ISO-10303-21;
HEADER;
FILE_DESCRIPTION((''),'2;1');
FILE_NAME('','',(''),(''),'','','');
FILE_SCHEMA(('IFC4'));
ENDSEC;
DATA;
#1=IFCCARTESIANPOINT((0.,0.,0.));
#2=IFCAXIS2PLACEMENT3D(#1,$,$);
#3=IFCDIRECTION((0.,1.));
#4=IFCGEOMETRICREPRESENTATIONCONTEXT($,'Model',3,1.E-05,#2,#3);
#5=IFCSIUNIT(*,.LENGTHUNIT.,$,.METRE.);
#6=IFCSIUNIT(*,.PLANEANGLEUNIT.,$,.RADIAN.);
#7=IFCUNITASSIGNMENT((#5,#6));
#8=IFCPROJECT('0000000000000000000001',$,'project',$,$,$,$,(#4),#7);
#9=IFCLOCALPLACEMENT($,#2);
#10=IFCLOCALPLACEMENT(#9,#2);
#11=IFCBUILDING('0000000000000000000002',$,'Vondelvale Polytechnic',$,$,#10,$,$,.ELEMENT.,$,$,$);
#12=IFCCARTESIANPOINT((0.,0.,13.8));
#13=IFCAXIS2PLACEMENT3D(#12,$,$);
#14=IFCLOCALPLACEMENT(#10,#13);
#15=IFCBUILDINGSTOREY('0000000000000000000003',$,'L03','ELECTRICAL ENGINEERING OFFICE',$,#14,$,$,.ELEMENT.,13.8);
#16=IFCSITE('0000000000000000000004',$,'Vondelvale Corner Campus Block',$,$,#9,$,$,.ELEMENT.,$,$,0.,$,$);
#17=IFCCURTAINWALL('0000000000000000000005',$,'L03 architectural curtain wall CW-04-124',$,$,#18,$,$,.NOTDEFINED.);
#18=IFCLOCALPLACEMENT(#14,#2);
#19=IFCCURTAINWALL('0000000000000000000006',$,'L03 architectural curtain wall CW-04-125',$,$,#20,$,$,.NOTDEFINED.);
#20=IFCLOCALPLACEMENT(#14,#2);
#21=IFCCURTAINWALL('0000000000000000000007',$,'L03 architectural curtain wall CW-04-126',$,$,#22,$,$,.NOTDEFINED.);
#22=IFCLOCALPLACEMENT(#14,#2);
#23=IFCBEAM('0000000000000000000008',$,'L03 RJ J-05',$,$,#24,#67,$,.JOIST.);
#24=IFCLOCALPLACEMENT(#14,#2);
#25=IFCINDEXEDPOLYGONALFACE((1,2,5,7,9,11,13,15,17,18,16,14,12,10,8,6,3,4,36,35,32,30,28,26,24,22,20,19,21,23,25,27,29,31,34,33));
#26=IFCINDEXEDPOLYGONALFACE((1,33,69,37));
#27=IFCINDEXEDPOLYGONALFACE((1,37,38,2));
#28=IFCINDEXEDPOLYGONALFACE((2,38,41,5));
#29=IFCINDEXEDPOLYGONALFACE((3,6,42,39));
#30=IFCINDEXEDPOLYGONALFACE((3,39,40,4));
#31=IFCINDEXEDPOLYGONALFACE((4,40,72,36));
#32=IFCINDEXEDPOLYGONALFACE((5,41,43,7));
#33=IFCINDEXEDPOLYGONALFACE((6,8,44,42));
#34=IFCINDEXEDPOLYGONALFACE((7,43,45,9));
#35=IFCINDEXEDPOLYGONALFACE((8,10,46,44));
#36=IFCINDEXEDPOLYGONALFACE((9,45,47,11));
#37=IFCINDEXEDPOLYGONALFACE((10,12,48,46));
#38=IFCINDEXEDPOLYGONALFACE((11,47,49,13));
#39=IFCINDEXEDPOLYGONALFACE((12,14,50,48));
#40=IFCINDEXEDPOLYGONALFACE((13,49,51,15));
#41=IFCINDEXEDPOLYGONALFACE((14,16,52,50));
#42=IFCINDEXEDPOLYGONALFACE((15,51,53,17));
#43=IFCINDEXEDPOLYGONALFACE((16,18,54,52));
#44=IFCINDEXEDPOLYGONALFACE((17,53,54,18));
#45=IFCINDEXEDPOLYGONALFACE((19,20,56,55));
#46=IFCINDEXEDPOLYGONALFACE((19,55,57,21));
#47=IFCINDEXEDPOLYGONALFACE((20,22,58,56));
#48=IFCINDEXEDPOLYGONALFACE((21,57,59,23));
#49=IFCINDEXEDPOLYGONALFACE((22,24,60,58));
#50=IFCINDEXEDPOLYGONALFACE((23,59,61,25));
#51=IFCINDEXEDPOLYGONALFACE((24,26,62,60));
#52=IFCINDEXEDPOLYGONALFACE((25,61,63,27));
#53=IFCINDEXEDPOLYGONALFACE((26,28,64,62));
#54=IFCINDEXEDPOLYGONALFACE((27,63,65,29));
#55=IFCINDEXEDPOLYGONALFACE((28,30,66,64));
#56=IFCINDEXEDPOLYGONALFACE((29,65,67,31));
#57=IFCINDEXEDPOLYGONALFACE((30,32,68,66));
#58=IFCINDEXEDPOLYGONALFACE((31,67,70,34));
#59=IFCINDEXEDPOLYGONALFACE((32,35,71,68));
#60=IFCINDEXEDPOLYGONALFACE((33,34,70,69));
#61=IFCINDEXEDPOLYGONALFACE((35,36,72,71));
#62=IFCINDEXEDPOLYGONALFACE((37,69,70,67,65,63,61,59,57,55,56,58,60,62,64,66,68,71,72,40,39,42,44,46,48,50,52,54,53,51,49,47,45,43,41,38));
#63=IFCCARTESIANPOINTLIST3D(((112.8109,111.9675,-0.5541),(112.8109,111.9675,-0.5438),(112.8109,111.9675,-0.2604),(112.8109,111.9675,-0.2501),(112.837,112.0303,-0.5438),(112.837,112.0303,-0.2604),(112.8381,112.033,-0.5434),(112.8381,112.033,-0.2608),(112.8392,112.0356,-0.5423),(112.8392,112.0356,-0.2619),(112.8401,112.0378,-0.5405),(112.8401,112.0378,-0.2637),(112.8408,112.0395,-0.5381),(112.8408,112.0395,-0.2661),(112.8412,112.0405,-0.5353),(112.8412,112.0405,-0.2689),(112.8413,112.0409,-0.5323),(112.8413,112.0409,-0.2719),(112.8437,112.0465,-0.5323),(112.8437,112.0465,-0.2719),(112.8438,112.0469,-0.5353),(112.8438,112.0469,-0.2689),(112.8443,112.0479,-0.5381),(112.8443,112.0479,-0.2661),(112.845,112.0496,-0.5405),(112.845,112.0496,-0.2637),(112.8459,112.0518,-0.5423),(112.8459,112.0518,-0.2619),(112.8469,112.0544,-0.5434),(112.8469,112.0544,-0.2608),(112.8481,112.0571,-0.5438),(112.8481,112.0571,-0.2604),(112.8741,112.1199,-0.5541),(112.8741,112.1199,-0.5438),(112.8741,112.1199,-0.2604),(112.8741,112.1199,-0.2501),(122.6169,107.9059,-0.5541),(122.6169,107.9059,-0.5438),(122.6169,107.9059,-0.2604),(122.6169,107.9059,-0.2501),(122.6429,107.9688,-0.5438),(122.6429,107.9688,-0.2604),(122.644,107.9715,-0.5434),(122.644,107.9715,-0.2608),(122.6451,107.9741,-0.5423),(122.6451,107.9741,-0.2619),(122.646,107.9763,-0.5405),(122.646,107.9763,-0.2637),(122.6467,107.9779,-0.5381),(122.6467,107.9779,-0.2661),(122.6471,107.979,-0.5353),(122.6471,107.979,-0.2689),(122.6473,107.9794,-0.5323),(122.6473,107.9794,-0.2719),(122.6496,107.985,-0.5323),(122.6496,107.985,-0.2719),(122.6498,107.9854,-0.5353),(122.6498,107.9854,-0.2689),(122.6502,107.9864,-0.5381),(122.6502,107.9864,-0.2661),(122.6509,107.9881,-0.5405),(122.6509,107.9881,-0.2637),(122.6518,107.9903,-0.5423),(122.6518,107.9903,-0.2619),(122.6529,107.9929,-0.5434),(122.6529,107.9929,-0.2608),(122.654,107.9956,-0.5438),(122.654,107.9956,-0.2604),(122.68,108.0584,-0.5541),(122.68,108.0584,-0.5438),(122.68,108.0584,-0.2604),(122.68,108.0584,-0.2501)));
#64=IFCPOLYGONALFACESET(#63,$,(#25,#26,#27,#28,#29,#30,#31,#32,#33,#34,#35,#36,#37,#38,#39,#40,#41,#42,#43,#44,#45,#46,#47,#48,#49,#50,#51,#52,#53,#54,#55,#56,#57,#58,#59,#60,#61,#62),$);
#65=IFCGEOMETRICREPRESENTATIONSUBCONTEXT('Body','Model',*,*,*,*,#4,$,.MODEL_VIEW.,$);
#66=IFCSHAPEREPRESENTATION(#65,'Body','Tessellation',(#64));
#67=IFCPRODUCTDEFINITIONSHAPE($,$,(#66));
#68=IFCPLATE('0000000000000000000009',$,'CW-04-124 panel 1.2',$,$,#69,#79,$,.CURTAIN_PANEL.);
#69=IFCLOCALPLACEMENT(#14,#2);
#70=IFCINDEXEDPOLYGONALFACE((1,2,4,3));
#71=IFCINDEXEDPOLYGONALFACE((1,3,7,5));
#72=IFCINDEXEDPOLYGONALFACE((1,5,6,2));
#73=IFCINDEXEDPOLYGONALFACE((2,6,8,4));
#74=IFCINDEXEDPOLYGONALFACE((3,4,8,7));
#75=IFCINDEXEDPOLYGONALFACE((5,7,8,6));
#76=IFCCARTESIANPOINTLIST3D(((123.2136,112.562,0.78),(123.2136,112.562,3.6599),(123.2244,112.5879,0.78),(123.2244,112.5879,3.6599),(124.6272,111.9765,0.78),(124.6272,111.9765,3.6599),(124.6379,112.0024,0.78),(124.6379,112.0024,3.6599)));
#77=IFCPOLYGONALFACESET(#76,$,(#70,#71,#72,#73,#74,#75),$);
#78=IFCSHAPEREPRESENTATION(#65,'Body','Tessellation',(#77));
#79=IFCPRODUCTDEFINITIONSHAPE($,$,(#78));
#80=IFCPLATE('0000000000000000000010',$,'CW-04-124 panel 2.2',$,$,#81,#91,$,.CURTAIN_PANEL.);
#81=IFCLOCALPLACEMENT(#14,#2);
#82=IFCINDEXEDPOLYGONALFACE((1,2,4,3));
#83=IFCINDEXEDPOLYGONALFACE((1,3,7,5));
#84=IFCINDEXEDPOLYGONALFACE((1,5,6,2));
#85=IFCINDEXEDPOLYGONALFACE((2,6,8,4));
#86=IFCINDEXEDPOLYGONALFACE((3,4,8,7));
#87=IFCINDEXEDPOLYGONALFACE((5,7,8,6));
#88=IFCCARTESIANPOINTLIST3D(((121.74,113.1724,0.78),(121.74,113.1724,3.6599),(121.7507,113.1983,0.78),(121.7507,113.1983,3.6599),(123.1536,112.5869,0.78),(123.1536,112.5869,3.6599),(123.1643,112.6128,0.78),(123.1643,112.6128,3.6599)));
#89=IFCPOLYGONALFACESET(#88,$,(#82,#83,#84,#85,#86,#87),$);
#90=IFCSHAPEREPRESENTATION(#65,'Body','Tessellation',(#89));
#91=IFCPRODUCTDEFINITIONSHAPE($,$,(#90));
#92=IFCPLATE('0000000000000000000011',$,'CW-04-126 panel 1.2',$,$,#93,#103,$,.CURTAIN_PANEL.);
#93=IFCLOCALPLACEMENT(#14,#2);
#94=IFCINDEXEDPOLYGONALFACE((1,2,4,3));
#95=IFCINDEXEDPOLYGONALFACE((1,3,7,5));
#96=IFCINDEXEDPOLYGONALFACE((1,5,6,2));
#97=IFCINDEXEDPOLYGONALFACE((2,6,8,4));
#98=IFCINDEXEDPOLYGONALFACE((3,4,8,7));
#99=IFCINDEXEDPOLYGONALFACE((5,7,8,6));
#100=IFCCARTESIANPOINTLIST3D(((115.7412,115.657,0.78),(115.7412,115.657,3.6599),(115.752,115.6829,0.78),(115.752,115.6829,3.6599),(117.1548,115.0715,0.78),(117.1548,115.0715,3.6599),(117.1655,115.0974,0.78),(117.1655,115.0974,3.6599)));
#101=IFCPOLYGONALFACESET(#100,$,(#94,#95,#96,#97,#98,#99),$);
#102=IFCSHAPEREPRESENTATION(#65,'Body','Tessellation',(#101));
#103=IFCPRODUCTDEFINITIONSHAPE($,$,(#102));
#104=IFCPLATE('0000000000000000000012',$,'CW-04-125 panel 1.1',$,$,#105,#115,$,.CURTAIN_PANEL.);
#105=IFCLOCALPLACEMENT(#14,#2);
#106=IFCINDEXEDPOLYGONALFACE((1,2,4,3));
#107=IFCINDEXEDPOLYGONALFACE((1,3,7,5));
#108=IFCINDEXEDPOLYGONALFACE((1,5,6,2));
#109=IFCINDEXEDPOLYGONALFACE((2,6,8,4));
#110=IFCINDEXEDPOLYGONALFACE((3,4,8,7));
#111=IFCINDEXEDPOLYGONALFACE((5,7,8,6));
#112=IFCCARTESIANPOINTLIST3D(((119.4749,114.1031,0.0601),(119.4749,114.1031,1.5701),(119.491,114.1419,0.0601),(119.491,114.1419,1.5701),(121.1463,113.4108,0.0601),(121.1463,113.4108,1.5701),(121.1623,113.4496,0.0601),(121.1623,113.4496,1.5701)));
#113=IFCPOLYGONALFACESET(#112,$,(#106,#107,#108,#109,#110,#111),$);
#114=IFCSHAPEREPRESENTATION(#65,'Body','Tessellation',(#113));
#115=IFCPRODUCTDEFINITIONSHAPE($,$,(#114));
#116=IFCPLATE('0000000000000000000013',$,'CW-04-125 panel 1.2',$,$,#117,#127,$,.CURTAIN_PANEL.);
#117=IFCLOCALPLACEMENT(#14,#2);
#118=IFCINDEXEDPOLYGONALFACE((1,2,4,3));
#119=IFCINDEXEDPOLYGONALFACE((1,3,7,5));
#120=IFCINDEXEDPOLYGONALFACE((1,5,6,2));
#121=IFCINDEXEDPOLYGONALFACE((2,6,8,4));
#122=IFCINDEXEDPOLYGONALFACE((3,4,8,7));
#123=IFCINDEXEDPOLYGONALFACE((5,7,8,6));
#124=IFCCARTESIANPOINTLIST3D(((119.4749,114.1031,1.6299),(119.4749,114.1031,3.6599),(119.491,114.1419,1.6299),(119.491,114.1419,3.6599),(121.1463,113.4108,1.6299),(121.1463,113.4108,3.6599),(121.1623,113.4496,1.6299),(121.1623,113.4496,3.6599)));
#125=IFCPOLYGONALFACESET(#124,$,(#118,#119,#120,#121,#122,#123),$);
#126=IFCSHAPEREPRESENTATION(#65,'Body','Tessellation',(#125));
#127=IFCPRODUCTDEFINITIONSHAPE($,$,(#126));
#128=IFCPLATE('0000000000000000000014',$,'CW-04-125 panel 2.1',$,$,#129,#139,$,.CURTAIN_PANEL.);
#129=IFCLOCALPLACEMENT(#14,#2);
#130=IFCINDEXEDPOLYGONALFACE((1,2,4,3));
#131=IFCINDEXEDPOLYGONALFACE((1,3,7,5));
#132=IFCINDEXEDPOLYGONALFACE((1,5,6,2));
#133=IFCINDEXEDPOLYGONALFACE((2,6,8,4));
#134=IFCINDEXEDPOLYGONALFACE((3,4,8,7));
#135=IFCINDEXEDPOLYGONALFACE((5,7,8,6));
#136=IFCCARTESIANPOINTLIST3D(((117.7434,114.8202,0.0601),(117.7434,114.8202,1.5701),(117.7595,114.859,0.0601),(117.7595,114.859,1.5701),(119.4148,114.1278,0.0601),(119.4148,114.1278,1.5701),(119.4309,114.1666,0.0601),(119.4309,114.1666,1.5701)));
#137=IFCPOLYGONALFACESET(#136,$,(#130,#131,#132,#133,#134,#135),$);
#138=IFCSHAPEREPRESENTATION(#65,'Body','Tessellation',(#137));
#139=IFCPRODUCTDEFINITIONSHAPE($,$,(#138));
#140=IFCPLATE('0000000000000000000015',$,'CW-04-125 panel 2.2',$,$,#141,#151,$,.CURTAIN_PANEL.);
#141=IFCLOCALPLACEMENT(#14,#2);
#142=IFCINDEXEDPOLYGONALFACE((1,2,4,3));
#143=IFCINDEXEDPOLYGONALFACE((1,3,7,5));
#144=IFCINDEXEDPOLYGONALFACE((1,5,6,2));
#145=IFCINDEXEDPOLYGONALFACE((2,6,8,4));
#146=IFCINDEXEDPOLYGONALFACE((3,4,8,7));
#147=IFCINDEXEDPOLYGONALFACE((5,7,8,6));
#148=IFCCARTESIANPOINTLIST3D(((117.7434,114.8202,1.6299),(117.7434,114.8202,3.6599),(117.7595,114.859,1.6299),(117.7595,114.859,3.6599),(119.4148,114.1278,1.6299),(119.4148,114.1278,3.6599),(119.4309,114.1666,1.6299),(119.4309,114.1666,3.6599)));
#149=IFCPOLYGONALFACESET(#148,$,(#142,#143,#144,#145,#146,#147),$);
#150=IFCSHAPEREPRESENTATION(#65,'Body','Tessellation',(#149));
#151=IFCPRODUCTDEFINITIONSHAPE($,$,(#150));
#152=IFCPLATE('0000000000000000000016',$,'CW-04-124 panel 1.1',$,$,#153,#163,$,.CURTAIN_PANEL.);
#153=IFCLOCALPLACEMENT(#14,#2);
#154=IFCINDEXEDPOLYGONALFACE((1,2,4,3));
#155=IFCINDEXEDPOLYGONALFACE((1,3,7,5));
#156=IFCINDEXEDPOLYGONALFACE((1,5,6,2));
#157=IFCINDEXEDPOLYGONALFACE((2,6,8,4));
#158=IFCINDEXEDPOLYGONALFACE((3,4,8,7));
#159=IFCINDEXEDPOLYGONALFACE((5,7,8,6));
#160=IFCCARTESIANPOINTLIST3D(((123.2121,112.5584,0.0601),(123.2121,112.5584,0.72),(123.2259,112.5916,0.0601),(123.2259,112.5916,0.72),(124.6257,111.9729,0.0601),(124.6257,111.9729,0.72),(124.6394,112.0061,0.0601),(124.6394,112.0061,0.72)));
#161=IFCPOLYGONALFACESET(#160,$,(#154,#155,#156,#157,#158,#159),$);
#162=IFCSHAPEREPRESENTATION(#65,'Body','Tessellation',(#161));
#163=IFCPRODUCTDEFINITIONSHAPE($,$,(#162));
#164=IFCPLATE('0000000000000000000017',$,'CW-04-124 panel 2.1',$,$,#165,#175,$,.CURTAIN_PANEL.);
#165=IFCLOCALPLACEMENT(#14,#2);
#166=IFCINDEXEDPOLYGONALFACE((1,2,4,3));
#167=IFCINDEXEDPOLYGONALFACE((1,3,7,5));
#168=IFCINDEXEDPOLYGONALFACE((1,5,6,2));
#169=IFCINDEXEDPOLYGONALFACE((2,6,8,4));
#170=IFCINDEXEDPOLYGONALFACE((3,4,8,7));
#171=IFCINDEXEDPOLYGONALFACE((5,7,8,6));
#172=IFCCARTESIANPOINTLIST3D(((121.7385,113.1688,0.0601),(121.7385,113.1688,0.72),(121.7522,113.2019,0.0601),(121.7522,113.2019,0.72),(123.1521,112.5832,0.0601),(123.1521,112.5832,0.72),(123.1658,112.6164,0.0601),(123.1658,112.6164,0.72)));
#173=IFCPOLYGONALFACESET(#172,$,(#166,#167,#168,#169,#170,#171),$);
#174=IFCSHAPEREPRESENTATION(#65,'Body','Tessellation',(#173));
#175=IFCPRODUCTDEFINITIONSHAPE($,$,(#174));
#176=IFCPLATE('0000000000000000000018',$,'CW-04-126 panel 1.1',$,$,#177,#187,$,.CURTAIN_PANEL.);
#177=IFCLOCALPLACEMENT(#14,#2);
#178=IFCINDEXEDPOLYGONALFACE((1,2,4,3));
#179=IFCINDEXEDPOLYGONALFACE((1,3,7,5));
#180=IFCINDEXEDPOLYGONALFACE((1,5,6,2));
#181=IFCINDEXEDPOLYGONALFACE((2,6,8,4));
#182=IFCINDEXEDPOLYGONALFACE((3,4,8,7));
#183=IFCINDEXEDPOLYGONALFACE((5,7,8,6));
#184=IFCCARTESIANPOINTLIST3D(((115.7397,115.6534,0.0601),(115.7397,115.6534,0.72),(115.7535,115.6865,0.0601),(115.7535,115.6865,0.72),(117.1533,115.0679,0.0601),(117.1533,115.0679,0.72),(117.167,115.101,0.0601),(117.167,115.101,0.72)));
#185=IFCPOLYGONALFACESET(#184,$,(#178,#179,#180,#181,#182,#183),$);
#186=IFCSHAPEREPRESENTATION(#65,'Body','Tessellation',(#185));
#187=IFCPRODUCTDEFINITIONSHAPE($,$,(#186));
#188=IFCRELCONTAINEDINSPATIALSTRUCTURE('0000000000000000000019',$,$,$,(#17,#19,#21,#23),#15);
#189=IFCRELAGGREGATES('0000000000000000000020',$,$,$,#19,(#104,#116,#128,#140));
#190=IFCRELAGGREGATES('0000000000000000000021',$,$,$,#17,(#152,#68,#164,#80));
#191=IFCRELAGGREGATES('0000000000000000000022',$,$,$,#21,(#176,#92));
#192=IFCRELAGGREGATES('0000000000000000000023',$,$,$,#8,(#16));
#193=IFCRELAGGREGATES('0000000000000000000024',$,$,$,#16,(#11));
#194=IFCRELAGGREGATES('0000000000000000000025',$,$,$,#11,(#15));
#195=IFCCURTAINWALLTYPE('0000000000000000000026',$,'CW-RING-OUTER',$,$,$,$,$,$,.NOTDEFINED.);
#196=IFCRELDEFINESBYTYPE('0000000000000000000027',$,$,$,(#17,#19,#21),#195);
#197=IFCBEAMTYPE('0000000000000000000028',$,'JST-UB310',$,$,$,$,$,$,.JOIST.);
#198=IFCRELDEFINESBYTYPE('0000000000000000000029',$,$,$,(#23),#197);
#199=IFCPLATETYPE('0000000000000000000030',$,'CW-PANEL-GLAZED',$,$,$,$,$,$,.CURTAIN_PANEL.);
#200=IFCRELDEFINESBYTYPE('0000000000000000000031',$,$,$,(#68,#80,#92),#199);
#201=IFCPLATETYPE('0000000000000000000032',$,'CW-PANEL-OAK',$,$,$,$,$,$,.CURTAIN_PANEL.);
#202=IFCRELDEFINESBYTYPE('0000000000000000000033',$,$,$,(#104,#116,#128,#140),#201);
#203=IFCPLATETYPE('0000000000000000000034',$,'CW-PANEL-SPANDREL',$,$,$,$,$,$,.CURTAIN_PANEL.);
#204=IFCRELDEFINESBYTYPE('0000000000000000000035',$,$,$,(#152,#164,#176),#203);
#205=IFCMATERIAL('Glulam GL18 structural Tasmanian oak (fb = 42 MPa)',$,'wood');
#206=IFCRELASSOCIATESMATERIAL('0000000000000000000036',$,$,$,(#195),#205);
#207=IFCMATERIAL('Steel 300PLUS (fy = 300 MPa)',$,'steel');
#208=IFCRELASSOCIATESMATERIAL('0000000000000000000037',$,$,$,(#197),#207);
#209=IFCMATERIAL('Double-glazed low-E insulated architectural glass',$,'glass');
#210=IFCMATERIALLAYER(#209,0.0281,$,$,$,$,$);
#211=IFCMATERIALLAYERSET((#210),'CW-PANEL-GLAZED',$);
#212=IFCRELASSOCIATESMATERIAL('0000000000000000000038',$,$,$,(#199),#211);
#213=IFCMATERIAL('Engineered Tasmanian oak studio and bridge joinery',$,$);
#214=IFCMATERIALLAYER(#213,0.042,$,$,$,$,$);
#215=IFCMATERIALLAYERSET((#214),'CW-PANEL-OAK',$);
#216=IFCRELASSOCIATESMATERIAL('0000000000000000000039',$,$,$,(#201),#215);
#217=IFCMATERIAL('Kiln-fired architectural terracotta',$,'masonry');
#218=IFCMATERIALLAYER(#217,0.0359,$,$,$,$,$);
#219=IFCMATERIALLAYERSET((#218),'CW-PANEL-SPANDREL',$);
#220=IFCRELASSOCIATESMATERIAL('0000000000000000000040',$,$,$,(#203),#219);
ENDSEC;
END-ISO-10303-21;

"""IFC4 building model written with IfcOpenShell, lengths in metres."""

from ifc_helpers import new_model, si_unit, direction, frame, origin, origin_2d, place, context, subcontext, project, spatial, rectangle, i_section, extrude, material, layer, layer_set, material_profile, profile_set, type_object, element, aggregate, save


model = new_model("IFC4")

# Units and contexts
model_context = context("Model", 3, precision=1e-05, world=origin(), true_north=direction((0.0, 1.0)))
body_context = subcontext(model_context, "Body", "Model", "MODEL_VIEW")
ifc_project = project(units=[si_unit("LENGTHUNIT", "METRE"), si_unit("PLANEANGLEUNIT", "RADIAN")], contexts=[model_context])

# Site, building, storey
site_placement = place(None, origin())
site = spatial("IfcSite", under=ifc_project, at=site_placement, Name="Vondelvale Corner Campus Block", CompositionType="ELEMENT", RefElevation=0.0)
building_placement = place(site_placement, origin())
building = spatial("IfcBuilding", under=site, at=building_placement, Name="Vondelvale Polytechnic", CompositionType="ELEMENT")
storey_placement = place(building_placement, frame((0.0, 0.0, 13.8)))
storey = spatial("IfcBuildingStorey", under=building, at=storey_placement, Name="L03", Description="ELECTRICAL ENGINEERING OFFICE", CompositionType="ELEMENT", Elevation=13.8)

# Shared definitions
ifc_material_1 = material(Name="Glulam GL18 structural Tasmanian oak (fb = 42 MPa)", Category="wood")
ifc_material_2 = material(Name="Steel 300PLUS (fy = 300 MPa)", Category="steel")

# Curtain walls
curtain_wall_type = type_object("IfcCurtainWallType", Name="CW-RING-OUTER", PredefinedType="NOTDEFINED", material=ifc_material_1)
curtain_wall_1_placement = place(storey_placement, origin())
curtain_wall_1 = element("IfcCurtainWall", 1, at=curtain_wall_1_placement, inside=storey, type_object=curtain_wall_type, Name="L03 architectural curtain wall CW-04-124", PredefinedType="NOTDEFINED")
curtain_wall_2_placement = place(storey_placement, origin())
curtain_wall_2 = element("IfcCurtainWall", 2, at=curtain_wall_2_placement, inside=storey, type_object=curtain_wall_type, Name="L03 architectural curtain wall CW-04-125", PredefinedType="NOTDEFINED")

# Curtain wall
curtain_wall_3_placement = place(storey_placement, origin())
curtain_wall_3 = element("IfcCurtainWall", 3, at=curtain_wall_3_placement, inside=storey, type_object=curtain_wall_type, Name="L03 architectural curtain wall CW-04-126", PredefinedType="NOTDEFINED")

# Beam
ifc_material_profile_1 = material_profile(ifc_material_2, i_section(OverallWidth=0.165, OverallDepth=0.304, WebThickness=0.0061, FlangeThickness=0.0103, FilletRadius=0.0115, at=origin_2d()), Name="310UB40.4")
ifc_profile_set_1 = profile_set([ifc_material_profile_1], Name="Steel 300PLUS (fy = 300 MPa)")
beam_type_1 = type_object("IfcBeamType", Name="JST-UB310", PredefinedType="JOIST", material=ifc_profile_set_1)
beam_1_placement = place(storey_placement, frame((122.6484, 107.9822, -0.4021), z_axis=(-0.923887, 0.382666, 0.0), x_axis=(-0.382666, -0.923887, 0.0)))
element("IfcBeam", 4, at=beam_1_placement, inside=storey, type_object=beam_type_1, Name="L03 RJ J-05", PredefinedType="JOIST", context=body_context, shape_type="SweptSolid", body=[
    extrude(i_section(OverallWidth=0.165, OverallDepth=0.304, WebThickness=0.0061, FlangeThickness=0.0103, FilletRadius=0.0115, at=origin_2d()), origin(), (0.0, 0.0, 1.0), 10.6138),
])

# Plates
ifc_material_3 = material(Name="Double-glazed low-E insulated architectural glass", Category="glass")
ifc_layer_1 = layer(ifc_material_3, 0.0281)
ifc_layer_set_1 = layer_set([ifc_layer_1], Name="CW-PANEL-GLAZED")
plate_type_1 = type_object("IfcPlateType", Name="CW-PANEL-GLAZED", PredefinedType="CURTAIN_PANEL", material=ifc_layer_set_1)
plate_1_placement = place(storey_placement, frame((123.9258, 112.2822, 0.78), z_axis=(0.0, 0.0, 1.0), x_axis=(-0.923882, 0.382677, 0.0)))
plate_1 = element("IfcPlate", 5, at=plate_1_placement, type_object=plate_type_1, Name="CW-04-124 panel 1.2", PredefinedType="CURTAIN_PANEL", context=body_context, shape_type="SweptSolid", body=[
    extrude(rectangle(XDim=1.53, YDim=0.0281, at=origin_2d()), origin(), (0.0, 0.0, 1.0), 2.8799),
])
plate_2_placement = place(storey_placement, frame((122.4521, 112.8926, 0.78), z_axis=(0.0, 0.0, 1.0), x_axis=(-0.923882, 0.382677, 0.0)))
plate_2 = element("IfcPlate", 6, at=plate_2_placement, type_object=plate_type_1, Name="CW-04-124 panel 2.2", PredefinedType="CURTAIN_PANEL", context=body_context, shape_type="SweptSolid", body=[
    extrude(rectangle(XDim=1.53, YDim=0.0281, at=origin_2d()), origin(), (0.0, 0.0, 1.0), 2.8799),
])
plate_3_placement = place(storey_placement, frame((116.4534, 115.3772, 0.78), z_axis=(0.0, 0.0, 1.0), x_axis=(-0.923882, 0.382677, 0.0)))
plate_3 = element("IfcPlate", 7, at=plate_3_placement, type_object=plate_type_1, Name="CW-04-126 panel 1.2", PredefinedType="CURTAIN_PANEL", context=body_context, shape_type="SweptSolid", body=[
    extrude(rectangle(XDim=1.53, YDim=0.0281, at=origin_2d()), origin(), (0.0, 0.0, 1.0), 2.8799),
])
ifc_material_4 = material(Name="Engineered Tasmanian oak studio and bridge joinery")
ifc_layer_2 = layer(ifc_material_4, 0.042)
ifc_layer_set_2 = layer_set([ifc_layer_2], Name="CW-PANEL-OAK")
plate_type_2 = type_object("IfcPlateType", Name="CW-PANEL-OAK", PredefinedType="CURTAIN_PANEL", material=ifc_layer_set_2)
plate_4_placement = place(storey_placement, frame((120.3186, 113.7764, 0.0601), z_axis=(0.0, 0.0, 1.0), x_axis=(-0.923875, 0.382695, 0.0)))
plate_4 = element("IfcPlate", 8, at=plate_4_placement, type_object=plate_type_2, Name="CW-04-125 panel 1.1", PredefinedType="CURTAIN_PANEL", context=body_context, shape_type="SweptSolid", body=[
    extrude(rectangle(XDim=1.8091, YDim=0.042, at=origin_2d()), origin(), (0.0, 0.0, 1.0), 1.51),
])
plate_5_placement = place(storey_placement, frame((120.3186, 113.7764, 1.6299), z_axis=(0.0, 0.0, 1.0), x_axis=(-0.923875, 0.382695, 0.0)))
plate_5 = element("IfcPlate", 9, at=plate_5_placement, type_object=plate_type_2, Name="CW-04-125 panel 1.2", PredefinedType="CURTAIN_PANEL", context=body_context, shape_type="SweptSolid", body=[
    extrude(rectangle(XDim=1.8091, YDim=0.042, at=origin_2d()), origin(), (0.0, 0.0, 1.0), 2.03),
])
plate_6_placement = place(storey_placement, frame((118.5872, 114.4934, 0.0601), z_axis=(0.0, 0.0, 1.0), x_axis=(-0.923875, 0.382695, 0.0)))
plate_6 = element("IfcPlate", 10, at=plate_6_placement, type_object=plate_type_2, Name="CW-04-125 panel 2.1", PredefinedType="CURTAIN_PANEL", context=body_context, shape_type="SweptSolid", body=[
    extrude(rectangle(XDim=1.8091, YDim=0.042, at=origin_2d()), origin(), (0.0, 0.0, 1.0), 1.51),
])
plate_7_placement = place(storey_placement, frame((118.5872, 114.4934, 1.6299), z_axis=(0.0, 0.0, 1.0), x_axis=(-0.923875, 0.382695, 0.0)))
plate_7 = element("IfcPlate", 11, at=plate_7_placement, type_object=plate_type_2, Name="CW-04-125 panel 2.2", PredefinedType="CURTAIN_PANEL", context=body_context, shape_type="SweptSolid", body=[
    extrude(rectangle(XDim=1.8091, YDim=0.042, at=origin_2d()), origin(), (0.0, 0.0, 1.0), 2.03),
])
aggregate(curtain_wall_2, [plate_4, plate_5, plate_6, plate_7])
ifc_material_5 = material(Name="Kiln-fired architectural terracotta", Category="masonry")
ifc_layer_3 = layer(ifc_material_5, 0.0359)
ifc_layer_set_3 = layer_set([ifc_layer_3], Name="CW-PANEL-SPANDREL")
plate_type_3 = type_object("IfcPlateType", Name="CW-PANEL-SPANDREL", PredefinedType="CURTAIN_PANEL", material=ifc_layer_set_3)
plate_8_placement = place(storey_placement, frame((123.9258, 112.2822, 0.0601), z_axis=(0.0, 0.0, 1.0), x_axis=(-0.923882, 0.382677, 0.0)))
plate_8 = element("IfcPlate", 12, at=plate_8_placement, type_object=plate_type_3, Name="CW-04-124 panel 1.1", PredefinedType="CURTAIN_PANEL", context=body_context, shape_type="SweptSolid", body=[
    extrude(rectangle(XDim=1.53, YDim=0.0359, at=origin_2d()), origin(), (0.0, 0.0, 1.0), 0.6599),
])
plate_9_placement = place(storey_placement, frame((122.4521, 112.8926, 0.0601), z_axis=(0.0, 0.0, 1.0), x_axis=(-0.923882, 0.382677, 0.0)))
plate_9 = element("IfcPlate", 13, at=plate_9_placement, type_object=plate_type_3, Name="CW-04-124 panel 2.1", PredefinedType="CURTAIN_PANEL", context=body_context, shape_type="SweptSolid", body=[
    extrude(rectangle(XDim=1.53, YDim=0.0359, at=origin_2d()), origin(), (0.0, 0.0, 1.0), 0.6599),
])
aggregate(curtain_wall_1, [plate_8, plate_1, plate_9, plate_2])
plate_10_placement = place(storey_placement, frame((116.4534, 115.3772, 0.0601), z_axis=(0.0, 0.0, 1.0), x_axis=(-0.923882, 0.382677, 0.0)))
plate_10 = element("IfcPlate", 14, at=plate_10_placement, type_object=plate_type_3, Name="CW-04-126 panel 1.1", PredefinedType="CURTAIN_PANEL", context=body_context, shape_type="SweptSolid", body=[
    extrude(rectangle(XDim=1.53, YDim=0.0359, at=origin_2d()), origin(), (0.0, 0.0, 1.0), 0.6599),
])
aggregate(curtain_wall_3, [plate_10, plate_3])

save(model, "model.ifc")
